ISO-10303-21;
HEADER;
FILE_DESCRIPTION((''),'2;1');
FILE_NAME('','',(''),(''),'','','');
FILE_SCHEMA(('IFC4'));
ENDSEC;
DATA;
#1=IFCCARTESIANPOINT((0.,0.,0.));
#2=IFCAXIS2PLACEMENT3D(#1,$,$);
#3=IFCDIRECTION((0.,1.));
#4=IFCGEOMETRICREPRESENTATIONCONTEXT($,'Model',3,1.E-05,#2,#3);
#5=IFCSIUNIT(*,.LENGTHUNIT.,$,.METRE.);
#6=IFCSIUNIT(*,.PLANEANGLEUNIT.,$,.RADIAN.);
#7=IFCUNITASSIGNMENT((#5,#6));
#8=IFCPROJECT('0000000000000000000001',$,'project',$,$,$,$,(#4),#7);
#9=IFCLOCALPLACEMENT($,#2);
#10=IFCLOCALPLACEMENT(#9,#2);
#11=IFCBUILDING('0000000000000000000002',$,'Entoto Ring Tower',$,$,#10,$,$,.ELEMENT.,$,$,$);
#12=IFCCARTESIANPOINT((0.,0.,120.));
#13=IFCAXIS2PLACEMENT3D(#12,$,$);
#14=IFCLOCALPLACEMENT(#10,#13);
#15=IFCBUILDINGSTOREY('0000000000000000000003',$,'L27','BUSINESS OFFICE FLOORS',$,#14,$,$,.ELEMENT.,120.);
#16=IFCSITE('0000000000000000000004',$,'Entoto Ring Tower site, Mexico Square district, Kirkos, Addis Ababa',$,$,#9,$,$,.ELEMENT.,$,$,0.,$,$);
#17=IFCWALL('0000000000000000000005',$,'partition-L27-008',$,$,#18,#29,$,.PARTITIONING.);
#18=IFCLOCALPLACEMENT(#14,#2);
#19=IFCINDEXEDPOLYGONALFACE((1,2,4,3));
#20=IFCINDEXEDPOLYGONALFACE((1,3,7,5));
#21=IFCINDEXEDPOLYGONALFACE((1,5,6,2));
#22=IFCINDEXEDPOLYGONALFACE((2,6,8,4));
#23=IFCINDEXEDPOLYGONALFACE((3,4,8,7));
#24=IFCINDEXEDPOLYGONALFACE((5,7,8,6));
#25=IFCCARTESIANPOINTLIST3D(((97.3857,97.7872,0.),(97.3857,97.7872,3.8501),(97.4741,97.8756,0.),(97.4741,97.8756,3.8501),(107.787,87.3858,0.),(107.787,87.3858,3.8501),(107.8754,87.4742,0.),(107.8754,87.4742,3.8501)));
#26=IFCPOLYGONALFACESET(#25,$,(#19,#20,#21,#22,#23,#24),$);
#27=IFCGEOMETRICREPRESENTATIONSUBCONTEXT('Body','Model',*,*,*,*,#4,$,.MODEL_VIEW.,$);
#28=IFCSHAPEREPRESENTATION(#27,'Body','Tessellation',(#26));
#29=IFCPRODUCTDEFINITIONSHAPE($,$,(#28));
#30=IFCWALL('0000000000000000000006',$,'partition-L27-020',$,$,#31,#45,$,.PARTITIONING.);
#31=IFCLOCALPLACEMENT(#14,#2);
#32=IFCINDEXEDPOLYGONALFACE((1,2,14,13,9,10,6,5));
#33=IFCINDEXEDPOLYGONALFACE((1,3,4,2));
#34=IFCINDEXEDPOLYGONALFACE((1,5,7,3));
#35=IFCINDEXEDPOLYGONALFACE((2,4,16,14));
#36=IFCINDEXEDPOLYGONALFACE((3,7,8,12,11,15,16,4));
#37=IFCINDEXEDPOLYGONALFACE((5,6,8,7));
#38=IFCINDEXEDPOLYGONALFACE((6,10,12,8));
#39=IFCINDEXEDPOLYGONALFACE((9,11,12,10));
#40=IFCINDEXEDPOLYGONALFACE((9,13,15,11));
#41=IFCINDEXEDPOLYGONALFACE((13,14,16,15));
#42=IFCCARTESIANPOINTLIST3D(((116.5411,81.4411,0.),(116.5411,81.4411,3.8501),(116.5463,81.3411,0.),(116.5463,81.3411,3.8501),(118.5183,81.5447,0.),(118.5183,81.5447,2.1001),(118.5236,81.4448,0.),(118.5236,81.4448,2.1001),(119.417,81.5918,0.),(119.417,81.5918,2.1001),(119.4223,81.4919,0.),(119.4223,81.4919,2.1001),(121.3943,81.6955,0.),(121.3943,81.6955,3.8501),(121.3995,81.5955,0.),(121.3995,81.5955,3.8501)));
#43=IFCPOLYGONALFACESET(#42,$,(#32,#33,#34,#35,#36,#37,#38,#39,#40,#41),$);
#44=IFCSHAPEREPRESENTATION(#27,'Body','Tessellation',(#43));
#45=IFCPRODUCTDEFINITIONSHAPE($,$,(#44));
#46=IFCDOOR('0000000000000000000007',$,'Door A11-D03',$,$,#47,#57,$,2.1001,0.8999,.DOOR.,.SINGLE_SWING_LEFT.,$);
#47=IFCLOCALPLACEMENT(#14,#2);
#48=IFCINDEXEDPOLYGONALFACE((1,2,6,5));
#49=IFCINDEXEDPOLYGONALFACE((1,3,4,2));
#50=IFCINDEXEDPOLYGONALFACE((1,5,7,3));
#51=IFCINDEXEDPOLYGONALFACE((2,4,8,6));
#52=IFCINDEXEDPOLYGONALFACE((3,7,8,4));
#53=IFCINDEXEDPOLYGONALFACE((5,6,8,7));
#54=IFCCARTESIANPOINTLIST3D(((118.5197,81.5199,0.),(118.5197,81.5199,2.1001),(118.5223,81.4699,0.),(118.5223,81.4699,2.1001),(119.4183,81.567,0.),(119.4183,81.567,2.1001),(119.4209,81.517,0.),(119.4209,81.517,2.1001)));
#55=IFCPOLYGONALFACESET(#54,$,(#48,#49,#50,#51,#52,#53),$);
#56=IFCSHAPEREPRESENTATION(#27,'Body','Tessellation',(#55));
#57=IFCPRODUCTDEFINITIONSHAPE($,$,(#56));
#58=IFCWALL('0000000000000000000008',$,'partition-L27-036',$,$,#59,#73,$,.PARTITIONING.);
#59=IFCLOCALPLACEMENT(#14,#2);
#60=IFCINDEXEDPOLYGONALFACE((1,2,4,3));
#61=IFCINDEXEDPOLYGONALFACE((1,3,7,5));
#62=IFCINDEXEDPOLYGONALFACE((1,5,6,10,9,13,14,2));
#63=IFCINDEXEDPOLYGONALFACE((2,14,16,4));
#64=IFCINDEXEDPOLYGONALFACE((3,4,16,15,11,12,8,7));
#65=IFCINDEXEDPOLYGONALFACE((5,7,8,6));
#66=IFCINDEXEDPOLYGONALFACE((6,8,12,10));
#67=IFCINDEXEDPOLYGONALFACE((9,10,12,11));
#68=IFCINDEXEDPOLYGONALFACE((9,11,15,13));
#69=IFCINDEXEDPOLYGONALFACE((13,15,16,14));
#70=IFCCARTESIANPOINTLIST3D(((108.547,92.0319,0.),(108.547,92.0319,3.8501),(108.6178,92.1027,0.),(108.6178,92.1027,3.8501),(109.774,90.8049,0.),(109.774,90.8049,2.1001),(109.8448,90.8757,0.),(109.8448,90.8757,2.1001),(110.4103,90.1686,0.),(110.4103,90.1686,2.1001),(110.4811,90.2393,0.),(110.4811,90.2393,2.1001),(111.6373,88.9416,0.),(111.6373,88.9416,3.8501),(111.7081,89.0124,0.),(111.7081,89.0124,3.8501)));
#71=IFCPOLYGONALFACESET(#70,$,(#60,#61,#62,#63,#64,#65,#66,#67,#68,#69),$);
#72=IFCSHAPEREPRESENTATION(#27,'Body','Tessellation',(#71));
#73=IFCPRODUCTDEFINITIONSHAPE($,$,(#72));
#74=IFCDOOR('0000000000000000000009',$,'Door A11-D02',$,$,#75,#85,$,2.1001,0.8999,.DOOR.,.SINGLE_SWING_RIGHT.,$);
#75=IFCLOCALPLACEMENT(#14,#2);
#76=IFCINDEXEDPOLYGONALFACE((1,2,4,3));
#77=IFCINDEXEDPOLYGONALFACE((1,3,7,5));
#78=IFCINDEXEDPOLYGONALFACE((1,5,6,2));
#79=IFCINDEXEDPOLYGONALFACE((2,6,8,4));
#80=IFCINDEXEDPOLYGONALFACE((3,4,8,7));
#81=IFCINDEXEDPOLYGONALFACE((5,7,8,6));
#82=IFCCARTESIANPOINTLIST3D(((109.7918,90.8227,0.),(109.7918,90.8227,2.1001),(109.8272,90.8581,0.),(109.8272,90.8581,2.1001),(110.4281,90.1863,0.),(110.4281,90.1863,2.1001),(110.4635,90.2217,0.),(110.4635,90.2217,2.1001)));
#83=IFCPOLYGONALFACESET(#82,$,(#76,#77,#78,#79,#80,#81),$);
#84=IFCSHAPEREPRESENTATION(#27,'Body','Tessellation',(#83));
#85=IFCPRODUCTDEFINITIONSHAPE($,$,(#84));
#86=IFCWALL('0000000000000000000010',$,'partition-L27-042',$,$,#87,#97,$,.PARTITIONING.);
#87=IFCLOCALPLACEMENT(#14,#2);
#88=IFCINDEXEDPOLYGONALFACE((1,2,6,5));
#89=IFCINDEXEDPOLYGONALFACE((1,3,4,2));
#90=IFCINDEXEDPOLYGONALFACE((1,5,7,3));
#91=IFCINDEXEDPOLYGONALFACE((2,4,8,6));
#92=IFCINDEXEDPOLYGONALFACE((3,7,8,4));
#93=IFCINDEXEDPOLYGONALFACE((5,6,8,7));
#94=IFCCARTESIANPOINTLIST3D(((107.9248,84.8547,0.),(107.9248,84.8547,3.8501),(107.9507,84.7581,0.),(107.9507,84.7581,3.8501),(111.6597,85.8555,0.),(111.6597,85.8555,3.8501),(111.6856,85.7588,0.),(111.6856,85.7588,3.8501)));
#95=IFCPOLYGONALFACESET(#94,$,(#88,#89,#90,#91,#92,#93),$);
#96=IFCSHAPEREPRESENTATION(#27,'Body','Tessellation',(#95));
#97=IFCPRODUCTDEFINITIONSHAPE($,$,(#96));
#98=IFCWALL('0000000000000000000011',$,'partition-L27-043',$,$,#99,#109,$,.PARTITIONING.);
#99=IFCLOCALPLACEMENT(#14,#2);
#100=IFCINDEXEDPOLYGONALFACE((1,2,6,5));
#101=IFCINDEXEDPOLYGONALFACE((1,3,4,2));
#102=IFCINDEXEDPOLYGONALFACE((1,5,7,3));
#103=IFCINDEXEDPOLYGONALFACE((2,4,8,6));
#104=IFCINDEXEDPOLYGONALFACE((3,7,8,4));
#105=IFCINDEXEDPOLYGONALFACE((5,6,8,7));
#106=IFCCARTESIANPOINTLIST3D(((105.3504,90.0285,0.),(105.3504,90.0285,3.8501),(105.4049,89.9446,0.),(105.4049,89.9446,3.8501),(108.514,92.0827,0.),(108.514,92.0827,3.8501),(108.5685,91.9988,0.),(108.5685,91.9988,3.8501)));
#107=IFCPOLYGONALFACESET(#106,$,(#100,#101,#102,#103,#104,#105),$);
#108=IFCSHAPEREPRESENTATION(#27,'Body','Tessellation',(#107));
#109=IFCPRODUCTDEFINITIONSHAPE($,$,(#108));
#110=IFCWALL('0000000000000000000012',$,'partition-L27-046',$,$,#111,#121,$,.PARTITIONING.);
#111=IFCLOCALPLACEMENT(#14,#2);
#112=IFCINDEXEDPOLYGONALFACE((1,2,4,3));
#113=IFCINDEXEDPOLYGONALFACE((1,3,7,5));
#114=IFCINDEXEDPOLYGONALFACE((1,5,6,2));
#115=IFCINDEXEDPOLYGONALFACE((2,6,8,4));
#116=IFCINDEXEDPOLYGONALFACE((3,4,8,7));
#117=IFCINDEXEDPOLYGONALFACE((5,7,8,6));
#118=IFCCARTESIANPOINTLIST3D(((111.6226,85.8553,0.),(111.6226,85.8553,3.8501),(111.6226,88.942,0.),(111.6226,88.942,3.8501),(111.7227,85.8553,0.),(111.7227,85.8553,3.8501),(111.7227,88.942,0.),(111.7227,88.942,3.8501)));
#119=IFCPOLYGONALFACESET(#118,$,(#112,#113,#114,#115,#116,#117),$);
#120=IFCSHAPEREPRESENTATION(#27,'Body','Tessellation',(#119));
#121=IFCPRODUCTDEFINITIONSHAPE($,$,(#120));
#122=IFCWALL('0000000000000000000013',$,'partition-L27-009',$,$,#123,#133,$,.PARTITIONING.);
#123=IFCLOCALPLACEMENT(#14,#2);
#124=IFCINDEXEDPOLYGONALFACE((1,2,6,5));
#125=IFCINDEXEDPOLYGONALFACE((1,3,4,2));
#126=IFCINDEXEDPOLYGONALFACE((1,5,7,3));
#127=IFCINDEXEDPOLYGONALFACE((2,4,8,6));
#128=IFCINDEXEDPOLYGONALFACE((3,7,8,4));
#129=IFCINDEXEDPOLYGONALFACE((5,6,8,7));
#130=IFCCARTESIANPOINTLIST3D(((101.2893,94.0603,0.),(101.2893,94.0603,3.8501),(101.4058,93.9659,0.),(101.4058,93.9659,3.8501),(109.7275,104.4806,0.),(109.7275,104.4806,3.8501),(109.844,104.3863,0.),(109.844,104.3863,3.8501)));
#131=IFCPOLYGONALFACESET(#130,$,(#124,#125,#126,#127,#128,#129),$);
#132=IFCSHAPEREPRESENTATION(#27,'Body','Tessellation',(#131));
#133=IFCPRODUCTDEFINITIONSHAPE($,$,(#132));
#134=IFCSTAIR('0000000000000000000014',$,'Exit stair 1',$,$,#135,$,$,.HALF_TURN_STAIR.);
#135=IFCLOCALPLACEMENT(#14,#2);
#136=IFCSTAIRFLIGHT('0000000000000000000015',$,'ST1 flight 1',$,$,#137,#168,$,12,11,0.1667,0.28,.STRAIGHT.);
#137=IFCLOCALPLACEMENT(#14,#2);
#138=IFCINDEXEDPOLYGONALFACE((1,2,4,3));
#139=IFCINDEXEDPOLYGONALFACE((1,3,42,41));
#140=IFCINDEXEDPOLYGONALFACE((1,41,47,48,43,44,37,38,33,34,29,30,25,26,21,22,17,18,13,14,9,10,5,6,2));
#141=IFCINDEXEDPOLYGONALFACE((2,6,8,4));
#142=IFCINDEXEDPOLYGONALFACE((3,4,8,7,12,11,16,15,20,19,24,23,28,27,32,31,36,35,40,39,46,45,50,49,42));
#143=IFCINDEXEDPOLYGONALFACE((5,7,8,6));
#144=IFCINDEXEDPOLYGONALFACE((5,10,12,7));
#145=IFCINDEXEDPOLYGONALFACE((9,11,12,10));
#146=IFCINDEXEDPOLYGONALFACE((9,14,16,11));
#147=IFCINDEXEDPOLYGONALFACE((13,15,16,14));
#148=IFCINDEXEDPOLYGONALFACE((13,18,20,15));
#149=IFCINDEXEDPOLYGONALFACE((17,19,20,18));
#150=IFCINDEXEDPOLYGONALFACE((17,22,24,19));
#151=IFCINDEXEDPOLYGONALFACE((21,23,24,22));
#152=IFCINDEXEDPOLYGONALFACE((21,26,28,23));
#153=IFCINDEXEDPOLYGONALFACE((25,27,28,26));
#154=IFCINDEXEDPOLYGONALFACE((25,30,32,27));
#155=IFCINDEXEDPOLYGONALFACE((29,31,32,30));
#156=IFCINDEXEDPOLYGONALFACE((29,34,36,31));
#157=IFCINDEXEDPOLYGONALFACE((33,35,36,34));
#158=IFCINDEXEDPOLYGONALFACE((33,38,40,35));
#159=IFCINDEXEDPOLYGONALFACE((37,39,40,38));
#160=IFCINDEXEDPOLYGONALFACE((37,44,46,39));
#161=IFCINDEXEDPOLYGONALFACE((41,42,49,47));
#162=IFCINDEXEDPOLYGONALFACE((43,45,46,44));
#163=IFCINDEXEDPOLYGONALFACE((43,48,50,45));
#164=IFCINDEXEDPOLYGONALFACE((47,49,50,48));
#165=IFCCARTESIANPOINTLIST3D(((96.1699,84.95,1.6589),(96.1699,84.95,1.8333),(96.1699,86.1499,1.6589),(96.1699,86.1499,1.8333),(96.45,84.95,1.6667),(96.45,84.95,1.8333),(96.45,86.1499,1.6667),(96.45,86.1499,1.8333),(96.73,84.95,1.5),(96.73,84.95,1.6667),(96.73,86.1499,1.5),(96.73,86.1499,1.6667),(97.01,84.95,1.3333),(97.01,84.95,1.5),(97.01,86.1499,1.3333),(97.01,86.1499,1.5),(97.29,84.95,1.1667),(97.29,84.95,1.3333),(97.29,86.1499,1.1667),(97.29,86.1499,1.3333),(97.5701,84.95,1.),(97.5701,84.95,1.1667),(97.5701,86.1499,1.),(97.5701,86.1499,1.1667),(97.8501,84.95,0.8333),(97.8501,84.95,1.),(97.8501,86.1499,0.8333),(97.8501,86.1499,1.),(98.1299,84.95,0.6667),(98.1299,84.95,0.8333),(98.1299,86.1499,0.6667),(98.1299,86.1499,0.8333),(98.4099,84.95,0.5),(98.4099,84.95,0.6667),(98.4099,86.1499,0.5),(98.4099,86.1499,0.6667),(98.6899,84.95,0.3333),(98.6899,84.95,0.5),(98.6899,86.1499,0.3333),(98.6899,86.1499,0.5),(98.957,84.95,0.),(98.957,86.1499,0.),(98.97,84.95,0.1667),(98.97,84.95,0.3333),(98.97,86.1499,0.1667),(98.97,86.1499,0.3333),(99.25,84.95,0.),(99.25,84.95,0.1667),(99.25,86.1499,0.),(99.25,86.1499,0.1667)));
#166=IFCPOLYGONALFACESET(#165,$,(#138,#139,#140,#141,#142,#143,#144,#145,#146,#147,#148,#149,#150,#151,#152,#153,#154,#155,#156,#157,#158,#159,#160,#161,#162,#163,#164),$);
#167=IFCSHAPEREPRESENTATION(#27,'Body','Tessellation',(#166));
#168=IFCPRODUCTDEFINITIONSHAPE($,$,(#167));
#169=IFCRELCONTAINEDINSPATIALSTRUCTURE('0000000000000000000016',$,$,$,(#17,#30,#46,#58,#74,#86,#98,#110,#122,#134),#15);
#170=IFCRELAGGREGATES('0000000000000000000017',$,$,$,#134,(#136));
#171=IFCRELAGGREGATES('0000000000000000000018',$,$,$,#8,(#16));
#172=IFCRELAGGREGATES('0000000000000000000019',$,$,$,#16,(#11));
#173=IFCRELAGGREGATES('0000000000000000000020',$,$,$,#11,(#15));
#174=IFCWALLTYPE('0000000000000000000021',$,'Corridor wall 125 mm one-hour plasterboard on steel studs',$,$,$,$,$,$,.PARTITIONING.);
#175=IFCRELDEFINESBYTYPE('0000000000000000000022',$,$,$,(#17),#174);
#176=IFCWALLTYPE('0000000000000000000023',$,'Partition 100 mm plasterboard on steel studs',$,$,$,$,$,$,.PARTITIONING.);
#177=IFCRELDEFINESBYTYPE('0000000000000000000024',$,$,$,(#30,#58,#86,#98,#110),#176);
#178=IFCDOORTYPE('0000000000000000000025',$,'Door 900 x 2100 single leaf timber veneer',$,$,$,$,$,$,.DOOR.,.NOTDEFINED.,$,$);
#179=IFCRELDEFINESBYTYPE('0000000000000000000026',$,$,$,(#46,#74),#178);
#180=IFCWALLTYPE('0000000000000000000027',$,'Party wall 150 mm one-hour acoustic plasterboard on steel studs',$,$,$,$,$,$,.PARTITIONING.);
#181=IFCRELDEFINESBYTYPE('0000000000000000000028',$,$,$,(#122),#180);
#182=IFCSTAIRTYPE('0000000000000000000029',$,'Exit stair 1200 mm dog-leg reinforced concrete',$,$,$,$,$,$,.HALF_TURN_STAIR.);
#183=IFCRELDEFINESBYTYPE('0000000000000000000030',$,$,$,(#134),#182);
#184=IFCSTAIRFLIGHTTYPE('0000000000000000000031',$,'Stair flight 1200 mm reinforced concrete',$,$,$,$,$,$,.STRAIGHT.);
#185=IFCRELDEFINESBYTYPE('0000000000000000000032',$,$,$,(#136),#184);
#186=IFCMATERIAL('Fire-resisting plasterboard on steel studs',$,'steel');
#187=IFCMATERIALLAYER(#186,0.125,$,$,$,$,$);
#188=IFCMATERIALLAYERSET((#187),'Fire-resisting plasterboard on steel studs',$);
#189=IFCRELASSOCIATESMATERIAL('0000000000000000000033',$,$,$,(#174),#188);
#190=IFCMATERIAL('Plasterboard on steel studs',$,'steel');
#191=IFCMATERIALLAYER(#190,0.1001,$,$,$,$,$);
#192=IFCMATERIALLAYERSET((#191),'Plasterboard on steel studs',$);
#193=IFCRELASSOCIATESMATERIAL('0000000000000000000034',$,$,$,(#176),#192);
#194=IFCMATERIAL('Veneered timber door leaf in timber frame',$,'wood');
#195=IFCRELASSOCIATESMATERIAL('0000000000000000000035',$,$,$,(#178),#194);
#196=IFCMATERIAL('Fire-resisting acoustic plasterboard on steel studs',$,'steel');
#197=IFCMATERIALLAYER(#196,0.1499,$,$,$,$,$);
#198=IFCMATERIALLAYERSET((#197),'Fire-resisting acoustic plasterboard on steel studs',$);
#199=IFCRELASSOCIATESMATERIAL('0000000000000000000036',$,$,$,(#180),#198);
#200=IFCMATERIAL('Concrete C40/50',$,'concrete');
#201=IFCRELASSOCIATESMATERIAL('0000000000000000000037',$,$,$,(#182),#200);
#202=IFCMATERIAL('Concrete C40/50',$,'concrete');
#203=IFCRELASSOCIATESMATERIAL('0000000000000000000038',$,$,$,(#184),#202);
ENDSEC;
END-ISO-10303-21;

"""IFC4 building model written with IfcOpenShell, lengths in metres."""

from ifc_helpers import new_model, si_unit, direction, frame, frame_2d, origin, place, context, subcontext, project, spatial, polyline, rectangle, outline, extrude, material, layer, layer_set, type_object, element, fill, aggregate, save


model = new_model("IFC4")

# Units and contexts
model_context = context("Model", 3, precision=1e-05, world=origin(), true_north=direction((0.0, 1.0)))
body_context = subcontext(model_context, "Body", "Model", "MODEL_VIEW")
ifc_project = project(units=[si_unit("LENGTHUNIT", "METRE"), si_unit("PLANEANGLEUNIT", "RADIAN")], contexts=[model_context])

# Site, building, storey
site_placement = place(None, origin())
site = spatial("IfcSite", under=ifc_project, at=site_placement, Name="Entoto Ring Tower site, Mexico Square district, Kirkos, Addis Ababa", CompositionType="ELEMENT", RefElevation=0.0)
building_placement = place(site_placement, origin())
building = spatial("IfcBuilding", under=site, at=building_placement, Name="Entoto Ring Tower", CompositionType="ELEMENT")
storey_placement = place(building_placement, frame((0.0, 0.0, 120.0)))
storey = spatial("IfcBuildingStorey", under=building, at=storey_placement, Name="L27", Description="BUSINESS OFFICE FLOORS", CompositionType="ELEMENT", Elevation=120.0)

# Wall
ifc_material_1 = material(Name="Fire-resisting plasterboard on steel studs", Category="steel")
ifc_layer_1 = layer(ifc_material_1, 0.125)
ifc_layer_set_1 = layer_set([ifc_layer_1], Name="Fire-resisting plasterboard on steel studs")
wall_type_1 = type_object("IfcWallType", Name="Corridor wall 125 mm one-hour plasterboard on steel studs", PredefinedType="PARTITIONING", material=ifc_layer_set_1)
wall_1_placement = place(storey_placement, frame((107.8313, 87.4299, 0.0), z_axis=(0.0, 0.0, 1.0), x_axis=(-0.707107, 0.707107, 0.0)))
element("IfcWall", 1, at=wall_1_placement, inside=storey, type_object=wall_type_1, Name="partition-L27-008", PredefinedType="PARTITIONING", context=body_context, shape_type="SweptSolid", body=[
    extrude(rectangle(XDim=14.7097, YDim=0.125, at=frame_2d((7.355, 0.0))), origin(), (0.0, 0.0, 1.0), 3.8501),
])

# Walls, openings, doors
ifc_material_2 = material(Name="Plasterboard on steel studs", Category="steel")
ifc_layer_2 = layer(ifc_material_2, 0.1001)
ifc_layer_set_2 = layer_set([ifc_layer_2], Name="Plasterboard on steel studs")
wall_type_2 = type_object("IfcWallType", Name="Partition 100 mm plasterboard on steel studs", PredefinedType="PARTITIONING", material=ifc_layer_set_2)
wall_2_placement = place(storey_placement, frame((116.5437, 81.3911, 0.0), z_axis=(0.0, 0.0, 1.0), x_axis=(0.998629, 0.052345, 0.0)))
wall_2 = element("IfcWall", 2, at=wall_2_placement, inside=storey, type_object=wall_type_2, Name="partition-L27-020", PredefinedType="PARTITIONING", context=body_context, shape_type="SweptSolid", body=[
    extrude(rectangle(XDim=4.8599, YDim=0.1001, at=frame_2d((2.4299, 0.0))), origin(), (0.0, 0.0, 1.0), 3.8501),
])
opening_1_placement = place(wall_2_placement, frame((1.98, 0.0, 0.0)))
opening_1 = element("IfcOpeningElement", 3, at=opening_1_placement, cuts=wall_2, PredefinedType="OPENING", context=body_context, shape_type="SweptSolid", body=[
    extrude(rectangle(XDim=0.8999, YDim=2.1001, at=frame_2d((0.45, 1.05))), frame((0.0, 0.0601, 0.0), z_axis=(0.0, -1.0, 0.0), x_axis=(1.0, 0.0, 0.0)), (0.0, 0.0, 1.0), 0.1201),
])
ifc_material_3 = material(Name="Veneered timber door leaf in timber frame", Category="wood")
door_type_1 = type_object("IfcDoorType", Name="Door 900 x 2100 single leaf timber veneer", OperationType="NOTDEFINED", PredefinedType="DOOR", material=ifc_material_3)
door_1_placement = place(opening_1_placement, frame((0.8999, 0.0, 0.0), z_axis=(0.0, 0.0, 1.0), x_axis=(-1.0, 0.0, 0.0)))
door_1 = element("IfcDoor", 4, at=door_1_placement, inside=storey, type_object=door_type_1, Name="Door A11-D03", OperationType="SINGLE_SWING_LEFT", OverallHeight=2.1001, OverallWidth=0.8999, PredefinedType="DOOR", context=body_context, shape_type="SweptSolid", body=[
    extrude(rectangle(XDim=0.8999, YDim=2.1001, at=frame_2d((0.45, 1.05))), frame((0.0, 0.0249, 0.0), z_axis=(0.0, -1.0, 0.0), x_axis=(1.0, 0.0, 0.0)), (0.0, 0.0, 1.0), 0.05),
])
fill(opening_1, door_1)
wall_3_placement = place(storey_placement, frame((111.6726, 88.9771, 0.0), z_axis=(0.0, 0.0, 1.0), x_axis=(-0.707107, 0.707107, 0.0)))
wall_3 = element("IfcWall", 5, at=wall_3_placement, inside=storey, type_object=wall_type_2, Name="partition-L27-036", PredefinedType="PARTITIONING", context=body_context, shape_type="SweptSolid", body=[
    extrude(rectangle(XDim=4.3704, YDim=0.1001, at=frame_2d((2.1851, 0.0))), origin(), (0.0, 0.0, 1.0), 3.8501),
])
opening_2_placement = place(wall_3_placement, frame((1.7351, 0.0, 0.0)))
opening_2 = element("IfcOpeningElement", 6, at=opening_2_placement, cuts=wall_3, PredefinedType="OPENING", context=body_context, shape_type="SweptSolid", body=[
    extrude(rectangle(XDim=0.8999, YDim=2.1001, at=frame_2d((0.45, 1.05))), frame((0.0, 0.0601, 0.0), z_axis=(0.0, -1.0, 0.0), x_axis=(1.0, 0.0, 0.0)), (0.0, 0.0, 1.0), 0.1201),
])
door_2_placement = place(opening_2_placement, origin())
door_2 = element("IfcDoor", 7, at=door_2_placement, inside=storey, type_object=door_type_1, Name="Door A11-D02", OperationType="SINGLE_SWING_RIGHT", OverallHeight=2.1001, OverallWidth=0.8999, PredefinedType="DOOR", context=body_context, shape_type="SweptSolid", body=[
    extrude(rectangle(XDim=0.8999, YDim=2.1001, at=frame_2d((0.45, 1.05))), frame((0.0, 0.0249, 0.0), z_axis=(0.0, -1.0, 0.0), x_axis=(1.0, 0.0, 0.0)), (0.0, 0.0, 1.0), 0.05),
])
fill(opening_2, door_2)

# Walls
wall_4_placement = place(storey_placement, frame((107.9377, 84.8064, 0.0), z_axis=(0.0, 0.0, 1.0), x_axis=(0.965927, 0.258814, 0.0)))
element("IfcWall", 8, at=wall_4_placement, inside=storey, type_object=wall_type_2, Name="partition-L27-042", PredefinedType="PARTITIONING", context=body_context, shape_type="SweptSolid", body=[
    extrude(rectangle(XDim=3.8667, YDim=0.1001, at=frame_2d((1.9333, 0.0))), origin(), (0.0, 0.0, 1.0), 3.8501),
])
wall_5_placement = place(storey_placement, frame((105.3777, 89.9866, 0.0), z_axis=(0.0, 0.0, 1.0), x_axis=(0.838701, 0.544592, 0.0)))
element("IfcWall", 9, at=wall_5_placement, inside=storey, type_object=wall_type_2, Name="partition-L27-043", PredefinedType="PARTITIONING", context=body_context, shape_type="SweptSolid", body=[
    extrude(rectangle(XDim=3.772, YDim=0.1001, at=frame_2d((1.886, 0.0))), origin(), (0.0, 0.0, 1.0), 3.8501),
])
wall_6_placement = place(storey_placement, frame((111.6726, 85.8552, 0.0), z_axis=(0.0, 0.0, 1.0), x_axis=(0.0, 1.0, 0.0)))
element("IfcWall", 10, at=wall_6_placement, inside=storey, type_object=wall_type_2, Name="partition-L27-046", PredefinedType="PARTITIONING", context=body_context, shape_type="SweptSolid", body=[
    extrude(rectangle(XDim=3.0867, YDim=0.1001, at=frame_2d((1.5435, 0.0))), origin(), (0.0, 0.0, 1.0), 3.8501),
])
ifc_material_4 = material(Name="Fire-resisting acoustic plasterboard on steel studs", Category="steel")
ifc_layer_3 = layer(ifc_material_4, 0.1499)
ifc_layer_set_3 = layer_set([ifc_layer_3], Name="Fire-resisting acoustic plasterboard on steel studs")
wall_type_3 = type_object("IfcWallType", Name="Party wall 150 mm one-hour acoustic plasterboard on steel studs", PredefinedType="PARTITIONING", material=ifc_layer_set_3)
wall_7_placement = place(storey_placement, frame((101.3477, 94.0132, 0.0), z_axis=(0.0, 0.0, 1.0), x_axis=(0.629318, 0.777148, 0.0)))
element("IfcWall", 11, at=wall_7_placement, inside=storey, type_object=wall_type_3, Name="partition-L27-009", PredefinedType="PARTITIONING", context=body_context, shape_type="SweptSolid", body=[
    extrude(rectangle(XDim=13.4084, YDim=0.1499, at=frame_2d((6.7041, 0.0))), origin(), (0.0, 0.0, 1.0), 3.8501),
])

# Stair, stair flight
ifc_material_5 = material(Name="Concrete C40/50", Category="concrete")
stair_type = type_object("IfcStairType", Name="Exit stair 1200 mm dog-leg reinforced concrete", PredefinedType="HALF_TURN_STAIR", material=ifc_material_5)
stair_placement = place(storey_placement, origin())
stair = element("IfcStair", 12, at=stair_placement, inside=storey, type_object=stair_type, Name="Exit stair 1", PredefinedType="HALF_TURN_STAIR")
ifc_material_6 = material(Name="Concrete C40/50", Category="concrete")
stair_flight_type = type_object("IfcStairFlightType", Name="Stair flight 1200 mm reinforced concrete", PredefinedType="STRAIGHT", material=ifc_material_6)
stair_flight_placement = place(storey_placement, frame((99.25, 85.55, 0.0), z_axis=(0.0, 0.0, 1.0), x_axis=(-1.0, 0.0, 0.0)))
stair_flight = element("IfcStairFlight", 13, at=stair_flight_placement, type_object=stair_flight_type, Name="ST1 flight 1", NumberOfRisers=12, NumberOfTreads=11, PredefinedType="STRAIGHT", RiserHeight=0.1667, TreadLength=0.28, context=body_context, shape_type="SweptSolid", body=[
    extrude(outline(polyline([(0.0, 0.0), (0.0, 0.1667), (0.28, 0.1667), (0.28, 0.3333), (0.5601, 0.3333), (0.5601, 0.5), (0.8401, 0.5), (0.8401, 0.6667), (1.1201, 0.6667), (1.1201, 0.8333), (1.3999, 0.8333), (1.3999, 1.0), (1.6799, 1.0), (1.6799, 1.1667), (1.96, 1.1667), (1.96, 1.3333), (2.24, 1.3333), (2.24, 1.5), (2.52, 1.5), (2.52, 1.6667), (2.8, 1.6667), (2.8, 1.8333), (3.0801, 1.8333), (3.0801, 2.0), (3.0801, 1.6589), (0.293, 0.0), (0.0, 0.0)])), frame((0.0, 0.6001, 0.0), z_axis=(0.0, -1.0, 0.0), x_axis=(1.0, 0.0, 0.0)), (0.0, 0.0, 1.0), 1.2),
])
aggregate(stair, [stair_flight])

save(model, "model.ifc")
